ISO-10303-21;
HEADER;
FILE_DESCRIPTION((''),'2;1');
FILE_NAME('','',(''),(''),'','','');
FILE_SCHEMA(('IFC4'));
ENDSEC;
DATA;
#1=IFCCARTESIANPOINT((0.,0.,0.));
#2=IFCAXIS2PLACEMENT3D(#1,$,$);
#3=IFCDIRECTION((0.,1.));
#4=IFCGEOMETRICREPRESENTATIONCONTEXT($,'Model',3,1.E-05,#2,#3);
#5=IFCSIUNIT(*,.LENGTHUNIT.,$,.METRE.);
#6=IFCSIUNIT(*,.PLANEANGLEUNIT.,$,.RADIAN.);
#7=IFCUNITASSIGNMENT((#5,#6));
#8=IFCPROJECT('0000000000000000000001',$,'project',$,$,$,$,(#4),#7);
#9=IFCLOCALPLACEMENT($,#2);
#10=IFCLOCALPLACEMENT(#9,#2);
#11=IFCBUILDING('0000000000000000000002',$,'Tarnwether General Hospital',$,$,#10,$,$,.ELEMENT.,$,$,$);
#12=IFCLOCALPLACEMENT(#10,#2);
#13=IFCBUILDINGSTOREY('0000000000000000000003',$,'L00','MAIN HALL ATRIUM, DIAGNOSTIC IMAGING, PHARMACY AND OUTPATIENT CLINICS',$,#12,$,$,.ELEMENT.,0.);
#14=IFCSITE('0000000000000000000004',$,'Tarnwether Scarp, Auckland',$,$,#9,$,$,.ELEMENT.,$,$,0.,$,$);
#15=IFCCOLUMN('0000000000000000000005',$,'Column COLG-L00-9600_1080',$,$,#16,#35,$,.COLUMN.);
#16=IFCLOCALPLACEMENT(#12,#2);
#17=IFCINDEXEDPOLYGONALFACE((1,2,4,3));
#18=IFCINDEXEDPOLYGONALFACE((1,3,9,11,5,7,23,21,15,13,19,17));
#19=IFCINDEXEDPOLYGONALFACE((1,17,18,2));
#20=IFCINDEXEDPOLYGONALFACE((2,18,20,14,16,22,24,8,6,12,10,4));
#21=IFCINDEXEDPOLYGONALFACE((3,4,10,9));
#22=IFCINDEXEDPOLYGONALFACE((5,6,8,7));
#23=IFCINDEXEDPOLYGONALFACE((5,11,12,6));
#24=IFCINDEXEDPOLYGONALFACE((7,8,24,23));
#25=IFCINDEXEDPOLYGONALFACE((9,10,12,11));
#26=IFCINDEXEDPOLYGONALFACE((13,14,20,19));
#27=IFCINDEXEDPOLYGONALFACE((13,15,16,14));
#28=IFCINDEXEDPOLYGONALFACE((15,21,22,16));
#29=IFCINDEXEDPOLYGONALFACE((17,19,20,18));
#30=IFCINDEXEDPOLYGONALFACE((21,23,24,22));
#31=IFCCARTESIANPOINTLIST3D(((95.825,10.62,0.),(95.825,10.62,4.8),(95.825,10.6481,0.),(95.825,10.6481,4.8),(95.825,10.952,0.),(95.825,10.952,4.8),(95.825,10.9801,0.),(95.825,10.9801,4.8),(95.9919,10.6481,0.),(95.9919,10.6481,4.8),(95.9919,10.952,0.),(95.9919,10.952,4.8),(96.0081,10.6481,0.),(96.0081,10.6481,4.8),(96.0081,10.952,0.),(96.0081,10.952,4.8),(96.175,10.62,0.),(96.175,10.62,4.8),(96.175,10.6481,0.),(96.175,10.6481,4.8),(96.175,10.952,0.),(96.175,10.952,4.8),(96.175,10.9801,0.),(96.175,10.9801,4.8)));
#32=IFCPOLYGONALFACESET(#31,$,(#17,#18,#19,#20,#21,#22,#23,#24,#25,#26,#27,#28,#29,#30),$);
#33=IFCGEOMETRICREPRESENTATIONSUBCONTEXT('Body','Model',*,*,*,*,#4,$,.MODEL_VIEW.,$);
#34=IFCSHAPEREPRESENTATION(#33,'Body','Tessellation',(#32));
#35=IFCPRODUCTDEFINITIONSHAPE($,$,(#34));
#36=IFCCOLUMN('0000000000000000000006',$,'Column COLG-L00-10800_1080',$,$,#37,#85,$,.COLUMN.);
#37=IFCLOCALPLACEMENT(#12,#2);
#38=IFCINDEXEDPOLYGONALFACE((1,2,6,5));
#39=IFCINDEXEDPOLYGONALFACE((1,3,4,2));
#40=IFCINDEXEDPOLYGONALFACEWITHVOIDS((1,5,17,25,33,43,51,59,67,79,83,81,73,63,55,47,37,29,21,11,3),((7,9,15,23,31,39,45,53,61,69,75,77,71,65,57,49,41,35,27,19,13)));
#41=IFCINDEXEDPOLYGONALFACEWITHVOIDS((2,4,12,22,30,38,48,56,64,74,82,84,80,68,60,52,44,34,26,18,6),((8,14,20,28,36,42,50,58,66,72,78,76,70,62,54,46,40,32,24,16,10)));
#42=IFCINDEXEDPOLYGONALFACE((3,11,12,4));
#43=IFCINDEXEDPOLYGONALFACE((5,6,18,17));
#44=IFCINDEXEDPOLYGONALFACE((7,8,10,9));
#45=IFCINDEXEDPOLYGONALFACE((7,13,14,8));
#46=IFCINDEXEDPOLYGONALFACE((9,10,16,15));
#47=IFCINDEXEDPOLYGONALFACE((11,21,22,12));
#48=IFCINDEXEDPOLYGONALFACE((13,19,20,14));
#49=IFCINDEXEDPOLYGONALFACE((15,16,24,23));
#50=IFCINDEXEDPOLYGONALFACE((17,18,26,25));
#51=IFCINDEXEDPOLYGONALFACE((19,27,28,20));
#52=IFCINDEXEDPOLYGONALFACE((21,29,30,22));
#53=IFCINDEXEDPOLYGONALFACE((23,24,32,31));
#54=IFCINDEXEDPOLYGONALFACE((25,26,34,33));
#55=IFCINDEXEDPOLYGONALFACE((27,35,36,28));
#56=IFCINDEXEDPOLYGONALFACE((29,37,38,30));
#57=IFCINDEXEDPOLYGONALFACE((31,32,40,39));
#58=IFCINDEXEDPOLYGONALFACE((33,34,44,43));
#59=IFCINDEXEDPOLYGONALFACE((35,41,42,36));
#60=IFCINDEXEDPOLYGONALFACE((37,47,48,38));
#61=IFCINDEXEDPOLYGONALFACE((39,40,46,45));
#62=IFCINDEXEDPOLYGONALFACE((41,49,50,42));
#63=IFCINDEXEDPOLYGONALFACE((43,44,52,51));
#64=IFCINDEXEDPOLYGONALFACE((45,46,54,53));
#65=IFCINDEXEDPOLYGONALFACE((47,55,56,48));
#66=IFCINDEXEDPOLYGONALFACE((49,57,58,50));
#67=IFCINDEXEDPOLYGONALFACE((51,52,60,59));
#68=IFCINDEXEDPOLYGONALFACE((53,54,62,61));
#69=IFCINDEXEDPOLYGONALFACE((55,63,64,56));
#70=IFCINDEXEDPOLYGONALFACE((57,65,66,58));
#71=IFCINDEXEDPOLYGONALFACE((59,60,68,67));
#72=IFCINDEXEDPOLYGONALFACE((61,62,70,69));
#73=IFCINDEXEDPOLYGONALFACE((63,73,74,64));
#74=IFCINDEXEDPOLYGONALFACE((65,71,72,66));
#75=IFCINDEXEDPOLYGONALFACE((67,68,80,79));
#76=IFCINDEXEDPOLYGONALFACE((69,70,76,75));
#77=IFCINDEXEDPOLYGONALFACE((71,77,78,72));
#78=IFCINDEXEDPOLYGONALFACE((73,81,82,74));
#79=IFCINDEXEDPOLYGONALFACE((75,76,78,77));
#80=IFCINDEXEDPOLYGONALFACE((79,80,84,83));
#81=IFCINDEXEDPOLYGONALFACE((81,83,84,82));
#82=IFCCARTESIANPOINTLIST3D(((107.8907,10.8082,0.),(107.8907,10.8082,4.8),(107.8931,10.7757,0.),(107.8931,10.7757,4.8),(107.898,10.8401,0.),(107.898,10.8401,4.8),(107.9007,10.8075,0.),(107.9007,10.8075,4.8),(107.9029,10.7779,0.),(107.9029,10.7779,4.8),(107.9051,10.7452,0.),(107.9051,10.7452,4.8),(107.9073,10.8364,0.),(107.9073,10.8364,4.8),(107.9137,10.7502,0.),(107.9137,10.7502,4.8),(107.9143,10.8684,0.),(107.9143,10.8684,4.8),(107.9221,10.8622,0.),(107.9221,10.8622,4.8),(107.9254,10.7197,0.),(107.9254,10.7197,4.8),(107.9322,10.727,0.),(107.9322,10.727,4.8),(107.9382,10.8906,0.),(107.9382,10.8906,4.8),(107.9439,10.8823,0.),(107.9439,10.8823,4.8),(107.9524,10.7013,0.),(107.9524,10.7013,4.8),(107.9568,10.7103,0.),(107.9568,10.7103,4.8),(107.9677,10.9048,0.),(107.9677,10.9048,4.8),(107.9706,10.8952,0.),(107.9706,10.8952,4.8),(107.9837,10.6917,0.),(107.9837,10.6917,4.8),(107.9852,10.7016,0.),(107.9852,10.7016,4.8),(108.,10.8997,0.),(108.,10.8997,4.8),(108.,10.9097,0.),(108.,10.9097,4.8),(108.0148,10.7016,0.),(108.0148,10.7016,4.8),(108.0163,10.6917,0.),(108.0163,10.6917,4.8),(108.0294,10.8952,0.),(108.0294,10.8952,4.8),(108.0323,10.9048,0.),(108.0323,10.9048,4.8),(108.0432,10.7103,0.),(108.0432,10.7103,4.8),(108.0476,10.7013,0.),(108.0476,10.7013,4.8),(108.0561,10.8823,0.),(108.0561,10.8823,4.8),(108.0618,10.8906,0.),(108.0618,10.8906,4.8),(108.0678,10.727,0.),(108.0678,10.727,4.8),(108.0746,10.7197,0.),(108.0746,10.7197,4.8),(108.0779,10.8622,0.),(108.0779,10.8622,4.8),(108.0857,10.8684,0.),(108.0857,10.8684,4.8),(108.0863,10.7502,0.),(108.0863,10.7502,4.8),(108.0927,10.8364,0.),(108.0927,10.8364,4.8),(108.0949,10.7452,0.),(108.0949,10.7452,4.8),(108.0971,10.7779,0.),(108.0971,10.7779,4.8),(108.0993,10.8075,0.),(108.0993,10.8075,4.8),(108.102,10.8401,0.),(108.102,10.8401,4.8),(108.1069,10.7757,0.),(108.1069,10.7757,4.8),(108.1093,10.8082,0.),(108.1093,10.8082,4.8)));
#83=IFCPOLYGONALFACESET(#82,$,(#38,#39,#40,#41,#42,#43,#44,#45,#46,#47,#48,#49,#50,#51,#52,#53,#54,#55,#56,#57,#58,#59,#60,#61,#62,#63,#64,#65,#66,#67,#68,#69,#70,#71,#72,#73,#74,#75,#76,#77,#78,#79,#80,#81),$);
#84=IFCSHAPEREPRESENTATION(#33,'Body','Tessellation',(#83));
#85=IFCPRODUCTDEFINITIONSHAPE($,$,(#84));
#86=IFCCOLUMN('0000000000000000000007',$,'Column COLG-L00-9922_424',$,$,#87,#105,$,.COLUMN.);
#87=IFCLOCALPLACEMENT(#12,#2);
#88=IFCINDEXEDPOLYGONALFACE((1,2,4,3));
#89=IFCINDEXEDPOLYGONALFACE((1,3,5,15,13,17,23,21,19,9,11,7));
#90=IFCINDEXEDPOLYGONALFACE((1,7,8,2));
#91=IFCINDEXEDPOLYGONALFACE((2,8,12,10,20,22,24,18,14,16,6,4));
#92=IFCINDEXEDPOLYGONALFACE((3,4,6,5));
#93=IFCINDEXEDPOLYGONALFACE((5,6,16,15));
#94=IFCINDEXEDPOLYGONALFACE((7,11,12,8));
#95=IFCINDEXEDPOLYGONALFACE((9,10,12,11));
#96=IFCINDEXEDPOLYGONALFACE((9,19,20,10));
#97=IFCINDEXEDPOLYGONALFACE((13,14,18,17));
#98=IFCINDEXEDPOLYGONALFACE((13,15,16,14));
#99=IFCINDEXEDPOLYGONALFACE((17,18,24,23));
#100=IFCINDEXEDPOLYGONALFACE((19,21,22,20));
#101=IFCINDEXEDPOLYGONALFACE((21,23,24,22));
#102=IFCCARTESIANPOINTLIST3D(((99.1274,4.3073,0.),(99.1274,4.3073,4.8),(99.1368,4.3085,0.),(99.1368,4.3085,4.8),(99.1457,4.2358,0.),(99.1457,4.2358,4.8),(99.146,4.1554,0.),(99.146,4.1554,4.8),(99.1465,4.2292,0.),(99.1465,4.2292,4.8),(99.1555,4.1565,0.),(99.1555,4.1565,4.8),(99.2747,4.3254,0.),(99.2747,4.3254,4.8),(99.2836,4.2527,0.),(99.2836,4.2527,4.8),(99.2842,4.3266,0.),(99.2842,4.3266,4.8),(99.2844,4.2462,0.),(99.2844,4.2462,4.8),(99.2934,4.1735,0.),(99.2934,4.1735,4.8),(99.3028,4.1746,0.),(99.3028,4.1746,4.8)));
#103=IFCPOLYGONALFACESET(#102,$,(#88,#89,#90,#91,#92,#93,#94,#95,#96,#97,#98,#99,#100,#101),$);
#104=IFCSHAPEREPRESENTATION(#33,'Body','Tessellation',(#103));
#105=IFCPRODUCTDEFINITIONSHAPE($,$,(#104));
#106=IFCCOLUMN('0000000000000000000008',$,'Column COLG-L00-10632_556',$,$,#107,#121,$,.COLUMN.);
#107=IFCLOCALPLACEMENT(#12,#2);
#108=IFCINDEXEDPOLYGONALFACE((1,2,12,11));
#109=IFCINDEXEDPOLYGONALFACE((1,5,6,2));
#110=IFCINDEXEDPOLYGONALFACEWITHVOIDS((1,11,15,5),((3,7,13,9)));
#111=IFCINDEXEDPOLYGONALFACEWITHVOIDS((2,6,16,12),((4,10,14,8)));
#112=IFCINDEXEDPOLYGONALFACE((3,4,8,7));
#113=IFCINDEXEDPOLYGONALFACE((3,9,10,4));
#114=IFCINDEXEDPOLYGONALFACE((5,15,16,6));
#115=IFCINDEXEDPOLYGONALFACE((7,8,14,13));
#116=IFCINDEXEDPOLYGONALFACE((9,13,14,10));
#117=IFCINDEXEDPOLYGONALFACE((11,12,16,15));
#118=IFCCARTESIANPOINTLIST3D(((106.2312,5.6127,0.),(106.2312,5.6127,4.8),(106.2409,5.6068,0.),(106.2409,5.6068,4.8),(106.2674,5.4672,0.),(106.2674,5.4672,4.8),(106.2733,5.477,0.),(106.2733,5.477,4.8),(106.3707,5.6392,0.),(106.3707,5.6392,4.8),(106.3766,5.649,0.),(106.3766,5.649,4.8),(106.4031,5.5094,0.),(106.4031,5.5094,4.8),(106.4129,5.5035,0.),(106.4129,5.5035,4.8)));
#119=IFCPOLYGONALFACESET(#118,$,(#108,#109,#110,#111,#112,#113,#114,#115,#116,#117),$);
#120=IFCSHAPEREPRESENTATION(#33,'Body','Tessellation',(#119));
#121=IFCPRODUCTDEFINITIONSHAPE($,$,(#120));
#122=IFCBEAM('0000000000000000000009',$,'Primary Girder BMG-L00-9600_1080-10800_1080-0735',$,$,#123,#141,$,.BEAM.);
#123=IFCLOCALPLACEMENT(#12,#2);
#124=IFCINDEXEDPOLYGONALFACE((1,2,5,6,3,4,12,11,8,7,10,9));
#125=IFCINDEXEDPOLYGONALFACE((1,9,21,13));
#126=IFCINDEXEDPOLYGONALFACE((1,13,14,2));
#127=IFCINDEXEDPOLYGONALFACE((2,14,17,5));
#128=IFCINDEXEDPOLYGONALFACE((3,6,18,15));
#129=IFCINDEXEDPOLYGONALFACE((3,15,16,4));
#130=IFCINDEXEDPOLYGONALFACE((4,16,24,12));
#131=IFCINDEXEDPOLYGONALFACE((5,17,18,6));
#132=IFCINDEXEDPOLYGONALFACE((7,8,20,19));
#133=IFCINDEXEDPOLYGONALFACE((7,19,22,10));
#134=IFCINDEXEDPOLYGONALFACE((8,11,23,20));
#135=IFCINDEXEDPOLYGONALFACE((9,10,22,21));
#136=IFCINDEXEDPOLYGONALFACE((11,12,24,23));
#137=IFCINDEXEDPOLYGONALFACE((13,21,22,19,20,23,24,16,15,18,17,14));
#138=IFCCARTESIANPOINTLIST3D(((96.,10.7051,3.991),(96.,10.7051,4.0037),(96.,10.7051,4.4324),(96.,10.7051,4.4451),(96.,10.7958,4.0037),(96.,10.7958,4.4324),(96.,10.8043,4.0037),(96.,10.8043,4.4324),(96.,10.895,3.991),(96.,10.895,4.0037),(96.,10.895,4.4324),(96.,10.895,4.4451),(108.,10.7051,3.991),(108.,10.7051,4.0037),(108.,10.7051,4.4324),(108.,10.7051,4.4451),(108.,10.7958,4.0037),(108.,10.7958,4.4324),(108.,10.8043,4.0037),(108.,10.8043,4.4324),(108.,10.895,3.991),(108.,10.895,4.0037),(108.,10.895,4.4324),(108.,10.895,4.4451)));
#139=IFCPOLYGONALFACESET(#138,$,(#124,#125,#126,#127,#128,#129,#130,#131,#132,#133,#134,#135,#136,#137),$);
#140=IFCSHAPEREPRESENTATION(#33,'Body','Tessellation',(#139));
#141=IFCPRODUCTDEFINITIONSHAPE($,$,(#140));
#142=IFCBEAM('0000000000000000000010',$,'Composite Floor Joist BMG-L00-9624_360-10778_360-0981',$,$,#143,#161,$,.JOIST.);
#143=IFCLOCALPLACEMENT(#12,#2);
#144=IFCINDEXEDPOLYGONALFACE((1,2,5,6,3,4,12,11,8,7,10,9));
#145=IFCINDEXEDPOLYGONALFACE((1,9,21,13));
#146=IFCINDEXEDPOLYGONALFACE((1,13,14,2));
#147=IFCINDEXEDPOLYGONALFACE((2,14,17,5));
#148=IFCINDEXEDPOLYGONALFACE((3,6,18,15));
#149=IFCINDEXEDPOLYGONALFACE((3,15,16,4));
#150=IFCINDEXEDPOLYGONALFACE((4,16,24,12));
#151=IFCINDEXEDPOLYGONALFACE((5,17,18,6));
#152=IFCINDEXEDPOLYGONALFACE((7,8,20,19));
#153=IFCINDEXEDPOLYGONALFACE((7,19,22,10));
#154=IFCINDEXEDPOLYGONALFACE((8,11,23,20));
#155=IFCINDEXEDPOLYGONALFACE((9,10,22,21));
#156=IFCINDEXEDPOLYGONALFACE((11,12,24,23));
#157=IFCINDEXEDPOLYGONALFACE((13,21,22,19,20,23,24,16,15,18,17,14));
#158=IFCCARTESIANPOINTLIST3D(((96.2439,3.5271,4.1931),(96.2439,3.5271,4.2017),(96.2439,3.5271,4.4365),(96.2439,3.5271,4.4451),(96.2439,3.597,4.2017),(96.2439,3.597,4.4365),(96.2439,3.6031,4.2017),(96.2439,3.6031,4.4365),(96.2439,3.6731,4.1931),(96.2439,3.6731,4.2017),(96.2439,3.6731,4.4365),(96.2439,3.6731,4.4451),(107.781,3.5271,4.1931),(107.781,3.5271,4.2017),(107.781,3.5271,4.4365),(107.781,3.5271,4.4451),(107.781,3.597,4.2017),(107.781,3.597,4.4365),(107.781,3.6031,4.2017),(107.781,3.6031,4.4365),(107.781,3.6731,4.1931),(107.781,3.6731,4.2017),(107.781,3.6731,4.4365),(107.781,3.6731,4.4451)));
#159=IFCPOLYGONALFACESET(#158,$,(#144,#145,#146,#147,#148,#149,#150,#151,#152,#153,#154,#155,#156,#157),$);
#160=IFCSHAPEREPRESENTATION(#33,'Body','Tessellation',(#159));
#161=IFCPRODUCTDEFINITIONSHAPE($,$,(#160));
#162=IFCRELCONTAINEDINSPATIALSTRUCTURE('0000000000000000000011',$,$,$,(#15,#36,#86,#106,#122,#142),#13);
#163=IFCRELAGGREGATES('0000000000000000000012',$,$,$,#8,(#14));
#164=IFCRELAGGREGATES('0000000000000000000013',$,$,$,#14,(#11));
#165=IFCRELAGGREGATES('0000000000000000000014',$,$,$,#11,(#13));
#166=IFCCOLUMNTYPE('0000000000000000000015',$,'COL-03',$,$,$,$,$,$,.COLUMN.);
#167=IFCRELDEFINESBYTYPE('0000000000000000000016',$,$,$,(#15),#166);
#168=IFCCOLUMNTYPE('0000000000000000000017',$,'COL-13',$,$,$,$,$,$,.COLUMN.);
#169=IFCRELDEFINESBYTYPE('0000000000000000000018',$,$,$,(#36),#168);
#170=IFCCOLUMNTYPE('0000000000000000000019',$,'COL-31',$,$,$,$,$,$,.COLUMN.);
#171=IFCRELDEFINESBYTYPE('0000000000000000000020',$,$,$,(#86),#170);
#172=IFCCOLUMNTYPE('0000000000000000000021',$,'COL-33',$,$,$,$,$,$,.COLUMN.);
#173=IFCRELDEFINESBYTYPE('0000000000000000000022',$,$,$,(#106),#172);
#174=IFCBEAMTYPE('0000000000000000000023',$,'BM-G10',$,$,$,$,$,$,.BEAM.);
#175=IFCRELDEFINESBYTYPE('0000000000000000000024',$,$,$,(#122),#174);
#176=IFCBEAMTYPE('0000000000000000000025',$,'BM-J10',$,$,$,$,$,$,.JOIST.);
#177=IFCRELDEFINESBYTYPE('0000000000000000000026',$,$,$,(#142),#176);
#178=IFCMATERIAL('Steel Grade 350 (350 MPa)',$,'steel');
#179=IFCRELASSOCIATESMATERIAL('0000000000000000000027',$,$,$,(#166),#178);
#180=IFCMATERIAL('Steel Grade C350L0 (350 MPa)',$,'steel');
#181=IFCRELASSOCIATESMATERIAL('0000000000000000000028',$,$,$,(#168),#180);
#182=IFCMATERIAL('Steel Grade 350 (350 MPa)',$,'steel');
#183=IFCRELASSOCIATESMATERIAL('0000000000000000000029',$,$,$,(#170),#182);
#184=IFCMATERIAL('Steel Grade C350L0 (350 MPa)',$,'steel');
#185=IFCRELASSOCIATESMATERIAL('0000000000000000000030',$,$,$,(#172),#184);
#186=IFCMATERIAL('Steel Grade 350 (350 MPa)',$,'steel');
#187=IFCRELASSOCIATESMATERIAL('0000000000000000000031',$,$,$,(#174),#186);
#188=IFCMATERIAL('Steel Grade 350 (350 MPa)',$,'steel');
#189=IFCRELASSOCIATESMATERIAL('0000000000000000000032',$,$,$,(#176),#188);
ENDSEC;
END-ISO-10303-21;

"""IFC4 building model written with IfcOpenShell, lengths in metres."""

from ifc_helpers import new_model, si_unit, direction, frame, origin, origin_2d, place, context, subcontext, project, spatial, hollow_rectangle, hollow_circle, i_section, extrude, material, material_profile, profile_set, type_object, element, save


model = new_model("IFC4")

# Units and contexts
model_context = context("Model", 3, precision=1e-05, world=origin(), true_north=direction((0.0, 1.0)))
body_context = subcontext(model_context, "Body", "Model", "MODEL_VIEW")
ifc_project = project(units=[si_unit("LENGTHUNIT", "METRE"), si_unit("PLANEANGLEUNIT", "RADIAN")], contexts=[model_context])

# Site, building, storey
site_placement = place(None, origin())
site = spatial("IfcSite", under=ifc_project, at=site_placement, Name="Tarnwether Scarp, Auckland", CompositionType="ELEMENT", RefElevation=0.0)
building_placement = place(site_placement, origin())
building = spatial("IfcBuilding", under=site, at=building_placement, Name="Tarnwether General Hospital", CompositionType="ELEMENT")
storey_placement = place(building_placement, origin())
storey = spatial("IfcBuildingStorey", under=building, at=storey_placement, Name="L00", Description="MAIN HALL ATRIUM, DIAGNOSTIC IMAGING, PHARMACY AND OUTPATIENT CLINICS", CompositionType="ELEMENT", Elevation=0.0)

# Columns
ifc_material_1 = material(Name="Steel Grade 350 (350 MPa)", Category="steel")
ifc_material_profile_1 = material_profile(ifc_material_1, i_section(OverallWidth=0.3501, OverallDepth=0.3601, WebThickness=0.0161, FlangeThickness=0.0281, at=origin_2d()), Name="350WC230")
ifc_profile_set_1 = profile_set([ifc_material_profile_1], Name="Steel Grade 350 (350 MPa)")
column_type_1 = type_object("IfcColumnType", Name="COL-03", PredefinedType="COLUMN", material=ifc_profile_set_1)
column_1_placement = place(storey_placement, frame((96.0, 10.8, 0.0), z_axis=(0.0, 0.0, 1.0), x_axis=(1.0, 0.0, 0.0)))
element("IfcColumn", 1, at=column_1_placement, inside=storey, type_object=column_type_1, Name="Column COLG-L00-9600_1080", PredefinedType="COLUMN", context=body_context, shape_type="SweptSolid", body=[
    extrude(i_section(OverallWidth=0.3501, OverallDepth=0.3601, WebThickness=0.0161, FlangeThickness=0.0281, at=origin_2d()), origin(), (0.0, 0.0, 1.0), 4.8),
])
ifc_material_2 = material(Name="Steel Grade C350L0 (350 MPa)", Category="steel")
ifc_material_profile_2 = material_profile(ifc_material_2, hollow_circle(Radius=0.1096, WallThickness=0.01, at=origin_2d()), Name="CHS219.1x10.0")
ifc_profile_set_2 = profile_set([ifc_material_profile_2], Name="Steel Grade C350L0 (350 MPa)")
column_type_2 = type_object("IfcColumnType", Name="COL-13", PredefinedType="COLUMN", material=ifc_profile_set_2)
column_2_placement = place(storey_placement, frame((108.0, 10.8, 0.0), z_axis=(0.0, 0.0, 1.0), x_axis=(0.0, 1.0, 0.0)))
element("IfcColumn", 2, at=column_2_placement, inside=storey, type_object=column_type_2, Name="Column COLG-L00-10800_1080", PredefinedType="COLUMN", context=body_context, shape_type="SweptSolid", body=[
    extrude(hollow_circle(Radius=0.1096, WallThickness=0.01, at=origin_2d()), origin(), (0.0, 0.0, 1.0), 4.8),
])
ifc_material_3 = material(Name="Steel Grade 350 (350 MPa)", Category="steel")
ifc_material_profile_3 = material_profile(ifc_material_3, i_section(OverallWidth=0.1531, OverallDepth=0.158, WebThickness=0.0066, FlangeThickness=0.0095, at=origin_2d()), Name="150UC30.0")
ifc_profile_set_3 = profile_set([ifc_material_profile_3], Name="Steel Grade 350 (350 MPa)")
column_type_3 = type_object("IfcColumnType", Name="COL-31", PredefinedType="COLUMN", material=ifc_profile_set_3)
column_3_placement = place(storey_placement, frame((99.2151, 4.241, 0.0), z_axis=(0.0, 0.0, 1.0), x_axis=(-0.121869, 0.992546, 0.0)))
element("IfcColumn", 3, at=column_3_placement, inside=storey, type_object=column_type_3, Name="Column COLG-L00-9922_424", PredefinedType="COLUMN", context=body_context, shape_type="SweptSolid", body=[
    extrude(i_section(OverallWidth=0.1531, OverallDepth=0.158, WebThickness=0.0066, FlangeThickness=0.0095, at=origin_2d()), origin(), (0.0, 0.0, 1.0), 4.8),
])
ifc_material_4 = material(Name="Steel Grade C350L0 (350 MPa)", Category="steel")
ifc_material_profile_4 = material_profile(ifc_material_4, hollow_rectangle(XDim=0.1499, YDim=0.1499, WallThickness=0.0081, at=origin_2d()), Name="SHS150x150x8")
ifc_profile_set_4 = profile_set([ifc_material_profile_4], Name="Steel Grade C350L0 (350 MPa)")
column_type_4 = type_object("IfcColumnType", Name="COL-33", PredefinedType="COLUMN", material=ifc_profile_set_4)
column_4_placement = place(storey_placement, frame((106.322, 5.5581, 0.0), z_axis=(0.0, 0.0, 1.0), x_axis=(-0.241922, 0.970296, 0.0)))
element("IfcColumn", 4, at=column_4_placement, inside=storey, type_object=column_type_4, Name="Column COLG-L00-10632_556", PredefinedType="COLUMN", context=body_context, shape_type="SweptSolid", body=[
    extrude(hollow_rectangle(XDim=0.1499, YDim=0.1499, WallThickness=0.0081, at=origin_2d()), origin(), (0.0, 0.0, 1.0), 4.8),
])

# Beams
ifc_material_5 = material(Name="Steel Grade 350 (350 MPa)", Category="steel")
ifc_material_profile_5 = material_profile(ifc_material_5, i_section(OverallWidth=0.1899, OverallDepth=0.4541, WebThickness=0.0085, FlangeThickness=0.0127, at=origin_2d()), Name="460UB67.1")
ifc_profile_set_5 = profile_set([ifc_material_profile_5], Name="Steel Grade 350 (350 MPa)")
beam_type_1 = type_object("IfcBeamType", Name="BM-G10", PredefinedType="BEAM", material=ifc_profile_set_5)
beam_1_placement = place(storey_placement, frame((96.0, 10.8, 4.218), z_axis=(1.0, 0.0, 0.0), x_axis=(0.0, 1.0, 0.0)))
element("IfcBeam", 5, at=beam_1_placement, inside=storey, type_object=beam_type_1, Name="Primary Girder BMG-L00-9600_1080-10800_1080-0735", PredefinedType="BEAM", context=body_context, shape_type="SweptSolid", body=[
    extrude(i_section(OverallWidth=0.1899, OverallDepth=0.4541, WebThickness=0.0085, FlangeThickness=0.0127, at=origin_2d()), origin(), (0.0, 0.0, 1.0), 12.0),
])
ifc_material_6 = material(Name="Steel Grade 350 (350 MPa)", Category="steel")
ifc_material_profile_6 = material_profile(ifc_material_6, i_section(OverallWidth=0.146, OverallDepth=0.252, WebThickness=0.0061, FlangeThickness=0.0085, at=origin_2d()), Name="250UB31.4")
ifc_profile_set_6 = profile_set([ifc_material_profile_6], Name="Steel Grade 350 (350 MPa)")
beam_type_2 = type_object("IfcBeamType", Name="BM-J10", PredefinedType="JOIST", material=ifc_profile_set_6)
beam_2_placement = place(storey_placement, frame((96.2439, 3.6001, 4.3191), z_axis=(1.0, 0.0, 0.0), x_axis=(0.0, 1.0, 0.0)))
element("IfcBeam", 6, at=beam_2_placement, inside=storey, type_object=beam_type_2, Name="Composite Floor Joist BMG-L00-9624_360-10778_360-0981", PredefinedType="JOIST", context=body_context, shape_type="SweptSolid", body=[
    extrude(i_section(OverallWidth=0.146, OverallDepth=0.252, WebThickness=0.0061, FlangeThickness=0.0085, at=origin_2d()), origin(), (0.0, 0.0, 1.0), 11.5371),
])

save(model, "model.ifc")
